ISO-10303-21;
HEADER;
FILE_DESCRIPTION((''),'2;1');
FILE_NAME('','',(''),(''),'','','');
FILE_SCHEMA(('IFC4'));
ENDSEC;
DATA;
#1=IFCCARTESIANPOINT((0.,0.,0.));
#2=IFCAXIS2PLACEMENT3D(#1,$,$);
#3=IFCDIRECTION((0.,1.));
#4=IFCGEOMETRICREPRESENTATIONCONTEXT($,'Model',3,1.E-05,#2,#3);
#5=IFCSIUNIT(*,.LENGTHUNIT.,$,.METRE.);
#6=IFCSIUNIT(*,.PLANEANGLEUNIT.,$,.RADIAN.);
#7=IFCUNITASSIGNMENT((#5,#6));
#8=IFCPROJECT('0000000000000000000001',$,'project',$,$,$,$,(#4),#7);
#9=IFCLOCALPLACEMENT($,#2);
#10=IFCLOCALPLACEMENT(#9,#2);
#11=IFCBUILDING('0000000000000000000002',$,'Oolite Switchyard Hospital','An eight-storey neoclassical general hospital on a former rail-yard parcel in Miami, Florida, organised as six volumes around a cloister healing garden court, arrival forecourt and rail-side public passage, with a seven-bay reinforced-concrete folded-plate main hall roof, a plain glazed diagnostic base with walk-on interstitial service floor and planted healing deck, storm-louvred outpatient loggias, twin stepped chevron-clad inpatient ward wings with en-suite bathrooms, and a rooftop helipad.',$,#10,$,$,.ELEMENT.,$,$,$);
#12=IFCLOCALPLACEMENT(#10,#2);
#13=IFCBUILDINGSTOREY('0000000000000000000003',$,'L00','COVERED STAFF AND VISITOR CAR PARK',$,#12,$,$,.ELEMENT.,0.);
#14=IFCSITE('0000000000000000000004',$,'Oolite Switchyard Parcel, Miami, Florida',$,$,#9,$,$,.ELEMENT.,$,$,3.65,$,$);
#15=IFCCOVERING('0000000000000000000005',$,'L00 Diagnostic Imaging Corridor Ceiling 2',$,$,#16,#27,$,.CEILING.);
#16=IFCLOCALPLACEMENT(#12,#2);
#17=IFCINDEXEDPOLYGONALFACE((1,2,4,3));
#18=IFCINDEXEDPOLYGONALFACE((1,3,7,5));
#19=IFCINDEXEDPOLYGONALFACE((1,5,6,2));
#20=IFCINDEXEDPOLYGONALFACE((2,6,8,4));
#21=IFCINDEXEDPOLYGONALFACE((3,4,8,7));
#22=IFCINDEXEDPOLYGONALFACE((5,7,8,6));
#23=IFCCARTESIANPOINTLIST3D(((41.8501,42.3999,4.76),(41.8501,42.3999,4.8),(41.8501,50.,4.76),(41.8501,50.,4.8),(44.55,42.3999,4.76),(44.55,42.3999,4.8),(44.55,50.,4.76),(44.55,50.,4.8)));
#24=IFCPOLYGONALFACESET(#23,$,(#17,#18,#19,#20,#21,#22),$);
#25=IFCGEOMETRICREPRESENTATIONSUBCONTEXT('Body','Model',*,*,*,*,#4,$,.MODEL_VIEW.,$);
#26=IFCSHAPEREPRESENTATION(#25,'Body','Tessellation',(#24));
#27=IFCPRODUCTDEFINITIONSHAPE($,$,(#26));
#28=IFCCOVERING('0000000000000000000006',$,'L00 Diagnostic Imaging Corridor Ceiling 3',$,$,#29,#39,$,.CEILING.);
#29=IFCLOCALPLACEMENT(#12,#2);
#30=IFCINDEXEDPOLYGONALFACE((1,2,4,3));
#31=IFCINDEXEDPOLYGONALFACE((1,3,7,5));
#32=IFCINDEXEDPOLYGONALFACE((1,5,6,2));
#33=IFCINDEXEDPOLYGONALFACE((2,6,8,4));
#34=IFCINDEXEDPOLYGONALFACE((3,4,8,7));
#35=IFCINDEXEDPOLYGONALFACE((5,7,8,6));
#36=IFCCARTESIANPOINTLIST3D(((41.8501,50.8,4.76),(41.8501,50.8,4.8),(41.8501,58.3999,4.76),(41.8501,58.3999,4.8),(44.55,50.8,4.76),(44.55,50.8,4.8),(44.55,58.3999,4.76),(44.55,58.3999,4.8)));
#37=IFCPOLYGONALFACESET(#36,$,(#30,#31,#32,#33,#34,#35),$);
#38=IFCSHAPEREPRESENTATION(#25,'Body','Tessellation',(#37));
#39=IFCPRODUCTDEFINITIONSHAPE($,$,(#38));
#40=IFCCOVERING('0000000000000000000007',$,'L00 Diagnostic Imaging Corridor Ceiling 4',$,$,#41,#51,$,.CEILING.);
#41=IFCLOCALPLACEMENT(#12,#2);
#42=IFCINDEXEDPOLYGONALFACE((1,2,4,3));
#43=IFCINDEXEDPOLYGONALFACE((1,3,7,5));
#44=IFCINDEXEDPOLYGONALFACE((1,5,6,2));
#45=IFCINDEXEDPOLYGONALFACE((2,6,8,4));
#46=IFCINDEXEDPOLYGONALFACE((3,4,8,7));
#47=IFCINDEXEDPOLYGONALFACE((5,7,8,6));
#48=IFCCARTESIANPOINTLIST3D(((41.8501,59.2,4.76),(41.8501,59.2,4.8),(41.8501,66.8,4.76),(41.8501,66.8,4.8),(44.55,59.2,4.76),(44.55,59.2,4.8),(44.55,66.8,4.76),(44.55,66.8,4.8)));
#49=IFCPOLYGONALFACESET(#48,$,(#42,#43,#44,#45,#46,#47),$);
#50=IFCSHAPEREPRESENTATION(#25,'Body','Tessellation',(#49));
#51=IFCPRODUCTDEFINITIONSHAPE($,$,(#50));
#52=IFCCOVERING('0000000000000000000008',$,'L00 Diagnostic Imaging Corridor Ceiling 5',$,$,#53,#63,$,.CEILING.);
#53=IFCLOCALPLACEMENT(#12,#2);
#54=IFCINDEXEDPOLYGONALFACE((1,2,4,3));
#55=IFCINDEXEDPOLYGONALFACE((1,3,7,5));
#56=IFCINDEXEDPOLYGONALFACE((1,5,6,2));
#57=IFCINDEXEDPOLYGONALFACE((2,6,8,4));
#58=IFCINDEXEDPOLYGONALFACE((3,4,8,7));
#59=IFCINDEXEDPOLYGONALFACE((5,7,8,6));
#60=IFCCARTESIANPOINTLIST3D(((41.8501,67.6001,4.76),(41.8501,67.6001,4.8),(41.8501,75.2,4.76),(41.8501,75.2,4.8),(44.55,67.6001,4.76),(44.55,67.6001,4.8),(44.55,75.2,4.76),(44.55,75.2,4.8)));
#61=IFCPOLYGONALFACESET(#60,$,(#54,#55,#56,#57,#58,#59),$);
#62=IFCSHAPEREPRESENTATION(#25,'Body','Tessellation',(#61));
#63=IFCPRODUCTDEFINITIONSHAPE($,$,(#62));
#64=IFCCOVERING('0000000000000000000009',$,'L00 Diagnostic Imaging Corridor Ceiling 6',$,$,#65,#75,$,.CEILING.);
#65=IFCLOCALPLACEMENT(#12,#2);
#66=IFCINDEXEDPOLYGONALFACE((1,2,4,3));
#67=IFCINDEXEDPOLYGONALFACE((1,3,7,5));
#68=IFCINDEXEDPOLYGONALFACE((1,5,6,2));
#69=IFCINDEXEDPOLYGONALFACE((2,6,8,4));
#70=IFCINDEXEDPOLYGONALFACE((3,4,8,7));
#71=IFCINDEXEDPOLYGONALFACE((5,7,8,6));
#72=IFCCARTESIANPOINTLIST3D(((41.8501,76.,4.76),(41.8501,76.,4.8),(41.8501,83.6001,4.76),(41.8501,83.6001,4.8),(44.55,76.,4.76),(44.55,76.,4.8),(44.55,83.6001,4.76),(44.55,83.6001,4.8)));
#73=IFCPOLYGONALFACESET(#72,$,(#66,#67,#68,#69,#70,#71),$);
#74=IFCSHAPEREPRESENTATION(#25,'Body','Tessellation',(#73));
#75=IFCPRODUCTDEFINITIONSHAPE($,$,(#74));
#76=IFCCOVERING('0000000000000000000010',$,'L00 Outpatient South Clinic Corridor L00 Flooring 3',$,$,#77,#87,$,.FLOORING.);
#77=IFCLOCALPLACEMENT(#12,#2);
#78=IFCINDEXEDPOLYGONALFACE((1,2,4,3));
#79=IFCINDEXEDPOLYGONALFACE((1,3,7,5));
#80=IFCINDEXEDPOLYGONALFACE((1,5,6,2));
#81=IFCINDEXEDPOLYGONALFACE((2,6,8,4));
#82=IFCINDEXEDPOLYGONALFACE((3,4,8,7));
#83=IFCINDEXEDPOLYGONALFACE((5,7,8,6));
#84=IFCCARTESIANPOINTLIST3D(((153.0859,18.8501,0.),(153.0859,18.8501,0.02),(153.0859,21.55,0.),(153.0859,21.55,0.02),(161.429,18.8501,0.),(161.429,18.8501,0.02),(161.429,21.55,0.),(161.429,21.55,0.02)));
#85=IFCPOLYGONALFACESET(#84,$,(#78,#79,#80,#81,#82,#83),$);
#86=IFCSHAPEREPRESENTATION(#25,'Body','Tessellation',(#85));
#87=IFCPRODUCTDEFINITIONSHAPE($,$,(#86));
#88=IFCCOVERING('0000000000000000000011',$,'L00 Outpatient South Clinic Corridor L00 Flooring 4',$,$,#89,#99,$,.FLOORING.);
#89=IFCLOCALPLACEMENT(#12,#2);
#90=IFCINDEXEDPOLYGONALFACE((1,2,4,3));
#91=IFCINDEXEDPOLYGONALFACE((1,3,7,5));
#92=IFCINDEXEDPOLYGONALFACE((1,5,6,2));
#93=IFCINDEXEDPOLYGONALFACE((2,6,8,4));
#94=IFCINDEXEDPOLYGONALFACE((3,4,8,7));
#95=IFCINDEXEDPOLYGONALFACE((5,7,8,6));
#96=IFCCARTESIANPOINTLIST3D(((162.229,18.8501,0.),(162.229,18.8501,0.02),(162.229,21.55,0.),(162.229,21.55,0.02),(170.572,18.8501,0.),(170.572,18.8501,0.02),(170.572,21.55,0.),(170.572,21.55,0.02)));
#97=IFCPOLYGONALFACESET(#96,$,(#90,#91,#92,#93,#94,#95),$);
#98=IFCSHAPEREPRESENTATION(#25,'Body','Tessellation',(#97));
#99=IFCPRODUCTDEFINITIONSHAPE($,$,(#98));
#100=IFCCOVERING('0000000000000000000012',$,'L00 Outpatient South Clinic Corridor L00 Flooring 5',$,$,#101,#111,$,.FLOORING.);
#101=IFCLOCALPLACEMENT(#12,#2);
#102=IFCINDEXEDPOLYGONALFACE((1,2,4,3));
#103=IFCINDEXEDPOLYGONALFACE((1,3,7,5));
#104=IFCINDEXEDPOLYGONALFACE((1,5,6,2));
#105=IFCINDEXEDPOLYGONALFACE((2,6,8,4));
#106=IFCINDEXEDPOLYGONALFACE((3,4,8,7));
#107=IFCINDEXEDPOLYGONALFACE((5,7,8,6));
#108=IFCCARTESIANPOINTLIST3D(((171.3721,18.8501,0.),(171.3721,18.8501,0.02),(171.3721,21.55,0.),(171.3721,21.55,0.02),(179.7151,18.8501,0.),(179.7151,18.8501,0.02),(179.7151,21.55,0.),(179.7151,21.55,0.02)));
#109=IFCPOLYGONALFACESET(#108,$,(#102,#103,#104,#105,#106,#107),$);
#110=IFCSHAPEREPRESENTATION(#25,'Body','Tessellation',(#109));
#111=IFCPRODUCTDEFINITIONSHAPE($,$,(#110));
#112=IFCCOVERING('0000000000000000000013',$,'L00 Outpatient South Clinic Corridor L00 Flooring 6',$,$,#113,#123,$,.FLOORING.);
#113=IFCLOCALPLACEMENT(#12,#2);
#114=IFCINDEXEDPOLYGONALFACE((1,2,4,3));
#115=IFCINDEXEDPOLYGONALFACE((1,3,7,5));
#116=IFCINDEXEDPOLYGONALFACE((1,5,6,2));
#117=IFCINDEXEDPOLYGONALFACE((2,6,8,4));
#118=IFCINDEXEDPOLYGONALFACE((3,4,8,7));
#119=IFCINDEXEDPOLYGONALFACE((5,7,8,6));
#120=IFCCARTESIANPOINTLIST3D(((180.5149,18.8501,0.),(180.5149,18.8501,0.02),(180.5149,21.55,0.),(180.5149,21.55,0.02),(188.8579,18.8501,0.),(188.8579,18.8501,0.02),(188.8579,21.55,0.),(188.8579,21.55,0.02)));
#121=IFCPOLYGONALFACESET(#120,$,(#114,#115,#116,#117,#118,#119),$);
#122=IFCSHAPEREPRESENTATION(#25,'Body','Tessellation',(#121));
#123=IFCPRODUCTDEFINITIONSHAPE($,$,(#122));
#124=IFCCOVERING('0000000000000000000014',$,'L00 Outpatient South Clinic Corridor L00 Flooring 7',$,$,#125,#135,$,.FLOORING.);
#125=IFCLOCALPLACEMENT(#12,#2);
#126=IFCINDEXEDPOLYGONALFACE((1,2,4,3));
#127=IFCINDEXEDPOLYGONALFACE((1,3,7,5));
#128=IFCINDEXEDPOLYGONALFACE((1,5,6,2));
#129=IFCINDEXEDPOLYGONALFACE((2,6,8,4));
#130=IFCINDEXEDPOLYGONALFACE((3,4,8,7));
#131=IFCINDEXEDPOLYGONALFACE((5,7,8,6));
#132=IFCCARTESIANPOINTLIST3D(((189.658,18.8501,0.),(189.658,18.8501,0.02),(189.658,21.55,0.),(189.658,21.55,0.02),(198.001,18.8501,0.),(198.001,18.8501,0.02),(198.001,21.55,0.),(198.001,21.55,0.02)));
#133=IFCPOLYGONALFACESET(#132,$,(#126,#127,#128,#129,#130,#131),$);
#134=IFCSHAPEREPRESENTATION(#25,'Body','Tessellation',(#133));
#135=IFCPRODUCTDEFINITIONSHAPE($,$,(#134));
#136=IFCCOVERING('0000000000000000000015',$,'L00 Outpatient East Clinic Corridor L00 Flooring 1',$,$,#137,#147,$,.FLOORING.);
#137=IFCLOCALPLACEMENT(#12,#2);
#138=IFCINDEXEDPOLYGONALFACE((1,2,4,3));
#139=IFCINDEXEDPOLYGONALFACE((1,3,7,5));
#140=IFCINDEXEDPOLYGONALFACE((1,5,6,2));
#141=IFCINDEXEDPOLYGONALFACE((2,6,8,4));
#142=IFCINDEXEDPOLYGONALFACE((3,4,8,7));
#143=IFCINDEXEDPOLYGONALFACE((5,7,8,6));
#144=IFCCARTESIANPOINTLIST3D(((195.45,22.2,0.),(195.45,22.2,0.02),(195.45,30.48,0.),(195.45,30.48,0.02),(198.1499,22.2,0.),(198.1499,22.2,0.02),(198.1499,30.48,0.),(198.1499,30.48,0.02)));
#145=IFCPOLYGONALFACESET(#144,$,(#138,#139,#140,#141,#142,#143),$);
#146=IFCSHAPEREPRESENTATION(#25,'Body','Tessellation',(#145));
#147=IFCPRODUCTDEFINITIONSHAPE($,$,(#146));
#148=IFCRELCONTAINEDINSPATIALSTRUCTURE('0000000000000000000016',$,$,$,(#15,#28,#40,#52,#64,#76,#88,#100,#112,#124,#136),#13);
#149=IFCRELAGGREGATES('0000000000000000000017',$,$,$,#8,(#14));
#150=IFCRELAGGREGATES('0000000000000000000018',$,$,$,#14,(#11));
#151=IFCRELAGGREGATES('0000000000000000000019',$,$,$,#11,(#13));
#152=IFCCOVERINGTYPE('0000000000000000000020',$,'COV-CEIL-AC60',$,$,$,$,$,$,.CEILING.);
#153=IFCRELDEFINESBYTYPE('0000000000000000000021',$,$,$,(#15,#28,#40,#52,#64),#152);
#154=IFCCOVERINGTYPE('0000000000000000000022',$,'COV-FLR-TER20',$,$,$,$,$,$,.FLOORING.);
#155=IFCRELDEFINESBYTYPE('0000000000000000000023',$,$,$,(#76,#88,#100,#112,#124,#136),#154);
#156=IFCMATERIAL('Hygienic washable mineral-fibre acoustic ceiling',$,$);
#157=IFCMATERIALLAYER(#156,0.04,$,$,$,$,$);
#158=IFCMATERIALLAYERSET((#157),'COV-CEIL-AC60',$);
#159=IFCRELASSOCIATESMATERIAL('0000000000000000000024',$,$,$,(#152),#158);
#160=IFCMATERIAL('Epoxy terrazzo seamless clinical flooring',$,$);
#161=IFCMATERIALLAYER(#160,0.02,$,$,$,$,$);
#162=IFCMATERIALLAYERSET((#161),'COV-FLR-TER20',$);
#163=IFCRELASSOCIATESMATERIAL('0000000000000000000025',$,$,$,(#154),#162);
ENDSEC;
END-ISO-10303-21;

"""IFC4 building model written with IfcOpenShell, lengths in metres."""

from ifc_helpers import new_model, si_unit, direction, frame, origin, place, context, subcontext, project, spatial, polyline, outline, extrude, material, layer, layer_set, type_object, element, save


model = new_model("IFC4")

# Units and contexts
model_context = context("Model", 3, precision=1e-05, world=origin(), true_north=direction((0.0, 1.0)))
body_context = subcontext(model_context, "Body", "Model", "MODEL_VIEW")
ifc_project = project(units=[si_unit("LENGTHUNIT", "METRE"), si_unit("PLANEANGLEUNIT", "RADIAN")], contexts=[model_context])

# Site, building, storey
site_placement = place(None, origin())
site = spatial("IfcSite", under=ifc_project, at=site_placement, Name="Oolite Switchyard Parcel, Miami, Florida", CompositionType="ELEMENT", RefElevation=3.65)
building_placement = place(site_placement, origin())
building = spatial("IfcBuilding", under=site, at=building_placement, Name="Oolite Switchyard Hospital", Description="An eight-storey neoclassical general hospital on a former rail-yard parcel in Miami, Florida, organised as six volumes around a cloister healing garden court, arrival forecourt and rail-side public passage, with a seven-bay reinforced-concrete folded-plate main hall roof, a plain glazed diagnostic base with walk-on interstitial service floor and planted healing deck, storm-louvred outpatient loggias, twin stepped chevron-clad inpatient ward wings with en-suite bathrooms, and a rooftop helipad.", CompositionType="ELEMENT")
storey_placement = place(building_placement, origin())
storey = spatial("IfcBuildingStorey", under=building, at=storey_placement, Name="L00", Description="COVERED STAFF AND VISITOR CAR PARK", CompositionType="ELEMENT", Elevation=0.0)

# Coverings
ifc_material_1 = material(Name="Hygienic washable mineral-fibre acoustic ceiling")
ifc_layer_1 = layer(ifc_material_1, 0.04)
ifc_layer_set_1 = layer_set([ifc_layer_1], Name="COV-CEIL-AC60")
covering_type_1 = type_object("IfcCoveringType", Name="COV-CEIL-AC60", PredefinedType="CEILING", material=ifc_layer_set_1)
covering_1_placement = place(storey_placement, frame((0.0, 0.0, 4.76)))
element("IfcCovering", 1, at=covering_1_placement, inside=storey, type_object=covering_type_1, Name="L00 Diagnostic Imaging Corridor Ceiling 2", PredefinedType="CEILING", context=body_context, shape_type="SweptSolid", body=[
    extrude(outline(polyline([(41.8501, 42.3999), (44.55, 42.3999), (44.55, 50.0), (41.8501, 50.0), (41.8501, 42.3999)])), origin(), (0.0, 0.0, 1.0), 0.04),
])
covering_2_placement = place(storey_placement, frame((0.0, 0.0, 4.76)))
element("IfcCovering", 2, at=covering_2_placement, inside=storey, type_object=covering_type_1, Name="L00 Diagnostic Imaging Corridor Ceiling 3", PredefinedType="CEILING", context=body_context, shape_type="SweptSolid", body=[
    extrude(outline(polyline([(41.8501, 50.8), (44.55, 50.8), (44.55, 58.3999), (41.8501, 58.3999), (41.8501, 50.8)])), origin(), (0.0, 0.0, 1.0), 0.04),
])
covering_3_placement = place(storey_placement, frame((0.0, 0.0, 4.76)))
element("IfcCovering", 3, at=covering_3_placement, inside=storey, type_object=covering_type_1, Name="L00 Diagnostic Imaging Corridor Ceiling 4", PredefinedType="CEILING", context=body_context, shape_type="SweptSolid", body=[
    extrude(outline(polyline([(41.8501, 59.2), (44.55, 59.2), (44.55, 66.8), (41.8501, 66.8), (41.8501, 59.2)])), origin(), (0.0, 0.0, 1.0), 0.04),
])
covering_4_placement = place(storey_placement, frame((0.0, 0.0, 4.76)))
element("IfcCovering", 4, at=covering_4_placement, inside=storey, type_object=covering_type_1, Name="L00 Diagnostic Imaging Corridor Ceiling 5", PredefinedType="CEILING", context=body_context, shape_type="SweptSolid", body=[
    extrude(outline(polyline([(41.8501, 67.6001), (44.55, 67.6001), (44.55, 75.2), (41.8501, 75.2), (41.8501, 67.6001)])), origin(), (0.0, 0.0, 1.0), 0.04),
])
covering_5_placement = place(storey_placement, frame((0.0, 0.0, 4.76)))
element("IfcCovering", 5, at=covering_5_placement, inside=storey, type_object=covering_type_1, Name="L00 Diagnostic Imaging Corridor Ceiling 6", PredefinedType="CEILING", context=body_context, shape_type="SweptSolid", body=[
    extrude(outline(polyline([(41.8501, 76.0), (44.55, 76.0), (44.55, 83.6001), (41.8501, 83.6001), (41.8501, 76.0)])), origin(), (0.0, 0.0, 1.0), 0.04),
])
ifc_material_2 = material(Name="Epoxy terrazzo seamless clinical flooring")
ifc_layer_2 = layer(ifc_material_2, 0.02)
ifc_layer_set_2 = layer_set([ifc_layer_2], Name="COV-FLR-TER20")
covering_type_2 = type_object("IfcCoveringType", Name="COV-FLR-TER20", PredefinedType="FLOORING", material=ifc_layer_set_2)
covering_6_placement = place(storey_placement, origin())
element("IfcCovering", 6, at=covering_6_placement, inside=storey, type_object=covering_type_2, Name="L00 Outpatient South Clinic Corridor L00 Flooring 3", PredefinedType="FLOORING", context=body_context, shape_type="SweptSolid", body=[
    extrude(outline(polyline([(153.0859, 18.8501), (161.429, 18.8501), (161.429, 21.55), (153.0859, 21.55), (153.0859, 18.8501)])), origin(), (0.0, 0.0, 1.0), 0.02),
])
covering_7_placement = place(storey_placement, origin())
element("IfcCovering", 7, at=covering_7_placement, inside=storey, type_object=covering_type_2, Name="L00 Outpatient South Clinic Corridor L00 Flooring 4", PredefinedType="FLOORING", context=body_context, shape_type="SweptSolid", body=[
    extrude(outline(polyline([(162.229, 18.8501), (170.572, 18.8501), (170.572, 21.55), (162.229, 21.55), (162.229, 18.8501)])), origin(), (0.0, 0.0, 1.0), 0.02),
])
covering_8_placement = place(storey_placement, origin())
element("IfcCovering", 8, at=covering_8_placement, inside=storey, type_object=covering_type_2, Name="L00 Outpatient South Clinic Corridor L00 Flooring 5", PredefinedType="FLOORING", context=body_context, shape_type="SweptSolid", body=[
    extrude(outline(polyline([(171.3721, 18.8501), (179.7151, 18.8501), (179.7151, 21.55), (171.3721, 21.55), (171.3721, 18.8501)])), origin(), (0.0, 0.0, 1.0), 0.02),
])
covering_9_placement = place(storey_placement, origin())
element("IfcCovering", 9, at=covering_9_placement, inside=storey, type_object=covering_type_2, Name="L00 Outpatient South Clinic Corridor L00 Flooring 6", PredefinedType="FLOORING", context=body_context, shape_type="SweptSolid", body=[
    extrude(outline(polyline([(180.5149, 18.8501), (188.8579, 18.8501), (188.8579, 21.55), (180.5149, 21.55), (180.5149, 18.8501)])), origin(), (0.0, 0.0, 1.0), 0.02),
])
covering_10_placement = place(storey_placement, origin())
element("IfcCovering", 10, at=covering_10_placement, inside=storey, type_object=covering_type_2, Name="L00 Outpatient South Clinic Corridor L00 Flooring 7", PredefinedType="FLOORING", context=body_context, shape_type="SweptSolid", body=[
    extrude(outline(polyline([(189.658, 18.8501), (198.001, 18.8501), (198.001, 21.55), (189.658, 21.55), (189.658, 18.8501)])), origin(), (0.0, 0.0, 1.0), 0.02),
])
covering_11_placement = place(storey_placement, origin())
element("IfcCovering", 11, at=covering_11_placement, inside=storey, type_object=covering_type_2, Name="L00 Outpatient East Clinic Corridor L00 Flooring 1", PredefinedType="FLOORING", context=body_context, shape_type="SweptSolid", body=[
    extrude(outline(polyline([(195.45, 22.2), (198.1499, 22.2), (198.1499, 30.48), (195.45, 30.48), (195.45, 22.2)])), origin(), (0.0, 0.0, 1.0), 0.02),
])

save(model, "model.ifc")
